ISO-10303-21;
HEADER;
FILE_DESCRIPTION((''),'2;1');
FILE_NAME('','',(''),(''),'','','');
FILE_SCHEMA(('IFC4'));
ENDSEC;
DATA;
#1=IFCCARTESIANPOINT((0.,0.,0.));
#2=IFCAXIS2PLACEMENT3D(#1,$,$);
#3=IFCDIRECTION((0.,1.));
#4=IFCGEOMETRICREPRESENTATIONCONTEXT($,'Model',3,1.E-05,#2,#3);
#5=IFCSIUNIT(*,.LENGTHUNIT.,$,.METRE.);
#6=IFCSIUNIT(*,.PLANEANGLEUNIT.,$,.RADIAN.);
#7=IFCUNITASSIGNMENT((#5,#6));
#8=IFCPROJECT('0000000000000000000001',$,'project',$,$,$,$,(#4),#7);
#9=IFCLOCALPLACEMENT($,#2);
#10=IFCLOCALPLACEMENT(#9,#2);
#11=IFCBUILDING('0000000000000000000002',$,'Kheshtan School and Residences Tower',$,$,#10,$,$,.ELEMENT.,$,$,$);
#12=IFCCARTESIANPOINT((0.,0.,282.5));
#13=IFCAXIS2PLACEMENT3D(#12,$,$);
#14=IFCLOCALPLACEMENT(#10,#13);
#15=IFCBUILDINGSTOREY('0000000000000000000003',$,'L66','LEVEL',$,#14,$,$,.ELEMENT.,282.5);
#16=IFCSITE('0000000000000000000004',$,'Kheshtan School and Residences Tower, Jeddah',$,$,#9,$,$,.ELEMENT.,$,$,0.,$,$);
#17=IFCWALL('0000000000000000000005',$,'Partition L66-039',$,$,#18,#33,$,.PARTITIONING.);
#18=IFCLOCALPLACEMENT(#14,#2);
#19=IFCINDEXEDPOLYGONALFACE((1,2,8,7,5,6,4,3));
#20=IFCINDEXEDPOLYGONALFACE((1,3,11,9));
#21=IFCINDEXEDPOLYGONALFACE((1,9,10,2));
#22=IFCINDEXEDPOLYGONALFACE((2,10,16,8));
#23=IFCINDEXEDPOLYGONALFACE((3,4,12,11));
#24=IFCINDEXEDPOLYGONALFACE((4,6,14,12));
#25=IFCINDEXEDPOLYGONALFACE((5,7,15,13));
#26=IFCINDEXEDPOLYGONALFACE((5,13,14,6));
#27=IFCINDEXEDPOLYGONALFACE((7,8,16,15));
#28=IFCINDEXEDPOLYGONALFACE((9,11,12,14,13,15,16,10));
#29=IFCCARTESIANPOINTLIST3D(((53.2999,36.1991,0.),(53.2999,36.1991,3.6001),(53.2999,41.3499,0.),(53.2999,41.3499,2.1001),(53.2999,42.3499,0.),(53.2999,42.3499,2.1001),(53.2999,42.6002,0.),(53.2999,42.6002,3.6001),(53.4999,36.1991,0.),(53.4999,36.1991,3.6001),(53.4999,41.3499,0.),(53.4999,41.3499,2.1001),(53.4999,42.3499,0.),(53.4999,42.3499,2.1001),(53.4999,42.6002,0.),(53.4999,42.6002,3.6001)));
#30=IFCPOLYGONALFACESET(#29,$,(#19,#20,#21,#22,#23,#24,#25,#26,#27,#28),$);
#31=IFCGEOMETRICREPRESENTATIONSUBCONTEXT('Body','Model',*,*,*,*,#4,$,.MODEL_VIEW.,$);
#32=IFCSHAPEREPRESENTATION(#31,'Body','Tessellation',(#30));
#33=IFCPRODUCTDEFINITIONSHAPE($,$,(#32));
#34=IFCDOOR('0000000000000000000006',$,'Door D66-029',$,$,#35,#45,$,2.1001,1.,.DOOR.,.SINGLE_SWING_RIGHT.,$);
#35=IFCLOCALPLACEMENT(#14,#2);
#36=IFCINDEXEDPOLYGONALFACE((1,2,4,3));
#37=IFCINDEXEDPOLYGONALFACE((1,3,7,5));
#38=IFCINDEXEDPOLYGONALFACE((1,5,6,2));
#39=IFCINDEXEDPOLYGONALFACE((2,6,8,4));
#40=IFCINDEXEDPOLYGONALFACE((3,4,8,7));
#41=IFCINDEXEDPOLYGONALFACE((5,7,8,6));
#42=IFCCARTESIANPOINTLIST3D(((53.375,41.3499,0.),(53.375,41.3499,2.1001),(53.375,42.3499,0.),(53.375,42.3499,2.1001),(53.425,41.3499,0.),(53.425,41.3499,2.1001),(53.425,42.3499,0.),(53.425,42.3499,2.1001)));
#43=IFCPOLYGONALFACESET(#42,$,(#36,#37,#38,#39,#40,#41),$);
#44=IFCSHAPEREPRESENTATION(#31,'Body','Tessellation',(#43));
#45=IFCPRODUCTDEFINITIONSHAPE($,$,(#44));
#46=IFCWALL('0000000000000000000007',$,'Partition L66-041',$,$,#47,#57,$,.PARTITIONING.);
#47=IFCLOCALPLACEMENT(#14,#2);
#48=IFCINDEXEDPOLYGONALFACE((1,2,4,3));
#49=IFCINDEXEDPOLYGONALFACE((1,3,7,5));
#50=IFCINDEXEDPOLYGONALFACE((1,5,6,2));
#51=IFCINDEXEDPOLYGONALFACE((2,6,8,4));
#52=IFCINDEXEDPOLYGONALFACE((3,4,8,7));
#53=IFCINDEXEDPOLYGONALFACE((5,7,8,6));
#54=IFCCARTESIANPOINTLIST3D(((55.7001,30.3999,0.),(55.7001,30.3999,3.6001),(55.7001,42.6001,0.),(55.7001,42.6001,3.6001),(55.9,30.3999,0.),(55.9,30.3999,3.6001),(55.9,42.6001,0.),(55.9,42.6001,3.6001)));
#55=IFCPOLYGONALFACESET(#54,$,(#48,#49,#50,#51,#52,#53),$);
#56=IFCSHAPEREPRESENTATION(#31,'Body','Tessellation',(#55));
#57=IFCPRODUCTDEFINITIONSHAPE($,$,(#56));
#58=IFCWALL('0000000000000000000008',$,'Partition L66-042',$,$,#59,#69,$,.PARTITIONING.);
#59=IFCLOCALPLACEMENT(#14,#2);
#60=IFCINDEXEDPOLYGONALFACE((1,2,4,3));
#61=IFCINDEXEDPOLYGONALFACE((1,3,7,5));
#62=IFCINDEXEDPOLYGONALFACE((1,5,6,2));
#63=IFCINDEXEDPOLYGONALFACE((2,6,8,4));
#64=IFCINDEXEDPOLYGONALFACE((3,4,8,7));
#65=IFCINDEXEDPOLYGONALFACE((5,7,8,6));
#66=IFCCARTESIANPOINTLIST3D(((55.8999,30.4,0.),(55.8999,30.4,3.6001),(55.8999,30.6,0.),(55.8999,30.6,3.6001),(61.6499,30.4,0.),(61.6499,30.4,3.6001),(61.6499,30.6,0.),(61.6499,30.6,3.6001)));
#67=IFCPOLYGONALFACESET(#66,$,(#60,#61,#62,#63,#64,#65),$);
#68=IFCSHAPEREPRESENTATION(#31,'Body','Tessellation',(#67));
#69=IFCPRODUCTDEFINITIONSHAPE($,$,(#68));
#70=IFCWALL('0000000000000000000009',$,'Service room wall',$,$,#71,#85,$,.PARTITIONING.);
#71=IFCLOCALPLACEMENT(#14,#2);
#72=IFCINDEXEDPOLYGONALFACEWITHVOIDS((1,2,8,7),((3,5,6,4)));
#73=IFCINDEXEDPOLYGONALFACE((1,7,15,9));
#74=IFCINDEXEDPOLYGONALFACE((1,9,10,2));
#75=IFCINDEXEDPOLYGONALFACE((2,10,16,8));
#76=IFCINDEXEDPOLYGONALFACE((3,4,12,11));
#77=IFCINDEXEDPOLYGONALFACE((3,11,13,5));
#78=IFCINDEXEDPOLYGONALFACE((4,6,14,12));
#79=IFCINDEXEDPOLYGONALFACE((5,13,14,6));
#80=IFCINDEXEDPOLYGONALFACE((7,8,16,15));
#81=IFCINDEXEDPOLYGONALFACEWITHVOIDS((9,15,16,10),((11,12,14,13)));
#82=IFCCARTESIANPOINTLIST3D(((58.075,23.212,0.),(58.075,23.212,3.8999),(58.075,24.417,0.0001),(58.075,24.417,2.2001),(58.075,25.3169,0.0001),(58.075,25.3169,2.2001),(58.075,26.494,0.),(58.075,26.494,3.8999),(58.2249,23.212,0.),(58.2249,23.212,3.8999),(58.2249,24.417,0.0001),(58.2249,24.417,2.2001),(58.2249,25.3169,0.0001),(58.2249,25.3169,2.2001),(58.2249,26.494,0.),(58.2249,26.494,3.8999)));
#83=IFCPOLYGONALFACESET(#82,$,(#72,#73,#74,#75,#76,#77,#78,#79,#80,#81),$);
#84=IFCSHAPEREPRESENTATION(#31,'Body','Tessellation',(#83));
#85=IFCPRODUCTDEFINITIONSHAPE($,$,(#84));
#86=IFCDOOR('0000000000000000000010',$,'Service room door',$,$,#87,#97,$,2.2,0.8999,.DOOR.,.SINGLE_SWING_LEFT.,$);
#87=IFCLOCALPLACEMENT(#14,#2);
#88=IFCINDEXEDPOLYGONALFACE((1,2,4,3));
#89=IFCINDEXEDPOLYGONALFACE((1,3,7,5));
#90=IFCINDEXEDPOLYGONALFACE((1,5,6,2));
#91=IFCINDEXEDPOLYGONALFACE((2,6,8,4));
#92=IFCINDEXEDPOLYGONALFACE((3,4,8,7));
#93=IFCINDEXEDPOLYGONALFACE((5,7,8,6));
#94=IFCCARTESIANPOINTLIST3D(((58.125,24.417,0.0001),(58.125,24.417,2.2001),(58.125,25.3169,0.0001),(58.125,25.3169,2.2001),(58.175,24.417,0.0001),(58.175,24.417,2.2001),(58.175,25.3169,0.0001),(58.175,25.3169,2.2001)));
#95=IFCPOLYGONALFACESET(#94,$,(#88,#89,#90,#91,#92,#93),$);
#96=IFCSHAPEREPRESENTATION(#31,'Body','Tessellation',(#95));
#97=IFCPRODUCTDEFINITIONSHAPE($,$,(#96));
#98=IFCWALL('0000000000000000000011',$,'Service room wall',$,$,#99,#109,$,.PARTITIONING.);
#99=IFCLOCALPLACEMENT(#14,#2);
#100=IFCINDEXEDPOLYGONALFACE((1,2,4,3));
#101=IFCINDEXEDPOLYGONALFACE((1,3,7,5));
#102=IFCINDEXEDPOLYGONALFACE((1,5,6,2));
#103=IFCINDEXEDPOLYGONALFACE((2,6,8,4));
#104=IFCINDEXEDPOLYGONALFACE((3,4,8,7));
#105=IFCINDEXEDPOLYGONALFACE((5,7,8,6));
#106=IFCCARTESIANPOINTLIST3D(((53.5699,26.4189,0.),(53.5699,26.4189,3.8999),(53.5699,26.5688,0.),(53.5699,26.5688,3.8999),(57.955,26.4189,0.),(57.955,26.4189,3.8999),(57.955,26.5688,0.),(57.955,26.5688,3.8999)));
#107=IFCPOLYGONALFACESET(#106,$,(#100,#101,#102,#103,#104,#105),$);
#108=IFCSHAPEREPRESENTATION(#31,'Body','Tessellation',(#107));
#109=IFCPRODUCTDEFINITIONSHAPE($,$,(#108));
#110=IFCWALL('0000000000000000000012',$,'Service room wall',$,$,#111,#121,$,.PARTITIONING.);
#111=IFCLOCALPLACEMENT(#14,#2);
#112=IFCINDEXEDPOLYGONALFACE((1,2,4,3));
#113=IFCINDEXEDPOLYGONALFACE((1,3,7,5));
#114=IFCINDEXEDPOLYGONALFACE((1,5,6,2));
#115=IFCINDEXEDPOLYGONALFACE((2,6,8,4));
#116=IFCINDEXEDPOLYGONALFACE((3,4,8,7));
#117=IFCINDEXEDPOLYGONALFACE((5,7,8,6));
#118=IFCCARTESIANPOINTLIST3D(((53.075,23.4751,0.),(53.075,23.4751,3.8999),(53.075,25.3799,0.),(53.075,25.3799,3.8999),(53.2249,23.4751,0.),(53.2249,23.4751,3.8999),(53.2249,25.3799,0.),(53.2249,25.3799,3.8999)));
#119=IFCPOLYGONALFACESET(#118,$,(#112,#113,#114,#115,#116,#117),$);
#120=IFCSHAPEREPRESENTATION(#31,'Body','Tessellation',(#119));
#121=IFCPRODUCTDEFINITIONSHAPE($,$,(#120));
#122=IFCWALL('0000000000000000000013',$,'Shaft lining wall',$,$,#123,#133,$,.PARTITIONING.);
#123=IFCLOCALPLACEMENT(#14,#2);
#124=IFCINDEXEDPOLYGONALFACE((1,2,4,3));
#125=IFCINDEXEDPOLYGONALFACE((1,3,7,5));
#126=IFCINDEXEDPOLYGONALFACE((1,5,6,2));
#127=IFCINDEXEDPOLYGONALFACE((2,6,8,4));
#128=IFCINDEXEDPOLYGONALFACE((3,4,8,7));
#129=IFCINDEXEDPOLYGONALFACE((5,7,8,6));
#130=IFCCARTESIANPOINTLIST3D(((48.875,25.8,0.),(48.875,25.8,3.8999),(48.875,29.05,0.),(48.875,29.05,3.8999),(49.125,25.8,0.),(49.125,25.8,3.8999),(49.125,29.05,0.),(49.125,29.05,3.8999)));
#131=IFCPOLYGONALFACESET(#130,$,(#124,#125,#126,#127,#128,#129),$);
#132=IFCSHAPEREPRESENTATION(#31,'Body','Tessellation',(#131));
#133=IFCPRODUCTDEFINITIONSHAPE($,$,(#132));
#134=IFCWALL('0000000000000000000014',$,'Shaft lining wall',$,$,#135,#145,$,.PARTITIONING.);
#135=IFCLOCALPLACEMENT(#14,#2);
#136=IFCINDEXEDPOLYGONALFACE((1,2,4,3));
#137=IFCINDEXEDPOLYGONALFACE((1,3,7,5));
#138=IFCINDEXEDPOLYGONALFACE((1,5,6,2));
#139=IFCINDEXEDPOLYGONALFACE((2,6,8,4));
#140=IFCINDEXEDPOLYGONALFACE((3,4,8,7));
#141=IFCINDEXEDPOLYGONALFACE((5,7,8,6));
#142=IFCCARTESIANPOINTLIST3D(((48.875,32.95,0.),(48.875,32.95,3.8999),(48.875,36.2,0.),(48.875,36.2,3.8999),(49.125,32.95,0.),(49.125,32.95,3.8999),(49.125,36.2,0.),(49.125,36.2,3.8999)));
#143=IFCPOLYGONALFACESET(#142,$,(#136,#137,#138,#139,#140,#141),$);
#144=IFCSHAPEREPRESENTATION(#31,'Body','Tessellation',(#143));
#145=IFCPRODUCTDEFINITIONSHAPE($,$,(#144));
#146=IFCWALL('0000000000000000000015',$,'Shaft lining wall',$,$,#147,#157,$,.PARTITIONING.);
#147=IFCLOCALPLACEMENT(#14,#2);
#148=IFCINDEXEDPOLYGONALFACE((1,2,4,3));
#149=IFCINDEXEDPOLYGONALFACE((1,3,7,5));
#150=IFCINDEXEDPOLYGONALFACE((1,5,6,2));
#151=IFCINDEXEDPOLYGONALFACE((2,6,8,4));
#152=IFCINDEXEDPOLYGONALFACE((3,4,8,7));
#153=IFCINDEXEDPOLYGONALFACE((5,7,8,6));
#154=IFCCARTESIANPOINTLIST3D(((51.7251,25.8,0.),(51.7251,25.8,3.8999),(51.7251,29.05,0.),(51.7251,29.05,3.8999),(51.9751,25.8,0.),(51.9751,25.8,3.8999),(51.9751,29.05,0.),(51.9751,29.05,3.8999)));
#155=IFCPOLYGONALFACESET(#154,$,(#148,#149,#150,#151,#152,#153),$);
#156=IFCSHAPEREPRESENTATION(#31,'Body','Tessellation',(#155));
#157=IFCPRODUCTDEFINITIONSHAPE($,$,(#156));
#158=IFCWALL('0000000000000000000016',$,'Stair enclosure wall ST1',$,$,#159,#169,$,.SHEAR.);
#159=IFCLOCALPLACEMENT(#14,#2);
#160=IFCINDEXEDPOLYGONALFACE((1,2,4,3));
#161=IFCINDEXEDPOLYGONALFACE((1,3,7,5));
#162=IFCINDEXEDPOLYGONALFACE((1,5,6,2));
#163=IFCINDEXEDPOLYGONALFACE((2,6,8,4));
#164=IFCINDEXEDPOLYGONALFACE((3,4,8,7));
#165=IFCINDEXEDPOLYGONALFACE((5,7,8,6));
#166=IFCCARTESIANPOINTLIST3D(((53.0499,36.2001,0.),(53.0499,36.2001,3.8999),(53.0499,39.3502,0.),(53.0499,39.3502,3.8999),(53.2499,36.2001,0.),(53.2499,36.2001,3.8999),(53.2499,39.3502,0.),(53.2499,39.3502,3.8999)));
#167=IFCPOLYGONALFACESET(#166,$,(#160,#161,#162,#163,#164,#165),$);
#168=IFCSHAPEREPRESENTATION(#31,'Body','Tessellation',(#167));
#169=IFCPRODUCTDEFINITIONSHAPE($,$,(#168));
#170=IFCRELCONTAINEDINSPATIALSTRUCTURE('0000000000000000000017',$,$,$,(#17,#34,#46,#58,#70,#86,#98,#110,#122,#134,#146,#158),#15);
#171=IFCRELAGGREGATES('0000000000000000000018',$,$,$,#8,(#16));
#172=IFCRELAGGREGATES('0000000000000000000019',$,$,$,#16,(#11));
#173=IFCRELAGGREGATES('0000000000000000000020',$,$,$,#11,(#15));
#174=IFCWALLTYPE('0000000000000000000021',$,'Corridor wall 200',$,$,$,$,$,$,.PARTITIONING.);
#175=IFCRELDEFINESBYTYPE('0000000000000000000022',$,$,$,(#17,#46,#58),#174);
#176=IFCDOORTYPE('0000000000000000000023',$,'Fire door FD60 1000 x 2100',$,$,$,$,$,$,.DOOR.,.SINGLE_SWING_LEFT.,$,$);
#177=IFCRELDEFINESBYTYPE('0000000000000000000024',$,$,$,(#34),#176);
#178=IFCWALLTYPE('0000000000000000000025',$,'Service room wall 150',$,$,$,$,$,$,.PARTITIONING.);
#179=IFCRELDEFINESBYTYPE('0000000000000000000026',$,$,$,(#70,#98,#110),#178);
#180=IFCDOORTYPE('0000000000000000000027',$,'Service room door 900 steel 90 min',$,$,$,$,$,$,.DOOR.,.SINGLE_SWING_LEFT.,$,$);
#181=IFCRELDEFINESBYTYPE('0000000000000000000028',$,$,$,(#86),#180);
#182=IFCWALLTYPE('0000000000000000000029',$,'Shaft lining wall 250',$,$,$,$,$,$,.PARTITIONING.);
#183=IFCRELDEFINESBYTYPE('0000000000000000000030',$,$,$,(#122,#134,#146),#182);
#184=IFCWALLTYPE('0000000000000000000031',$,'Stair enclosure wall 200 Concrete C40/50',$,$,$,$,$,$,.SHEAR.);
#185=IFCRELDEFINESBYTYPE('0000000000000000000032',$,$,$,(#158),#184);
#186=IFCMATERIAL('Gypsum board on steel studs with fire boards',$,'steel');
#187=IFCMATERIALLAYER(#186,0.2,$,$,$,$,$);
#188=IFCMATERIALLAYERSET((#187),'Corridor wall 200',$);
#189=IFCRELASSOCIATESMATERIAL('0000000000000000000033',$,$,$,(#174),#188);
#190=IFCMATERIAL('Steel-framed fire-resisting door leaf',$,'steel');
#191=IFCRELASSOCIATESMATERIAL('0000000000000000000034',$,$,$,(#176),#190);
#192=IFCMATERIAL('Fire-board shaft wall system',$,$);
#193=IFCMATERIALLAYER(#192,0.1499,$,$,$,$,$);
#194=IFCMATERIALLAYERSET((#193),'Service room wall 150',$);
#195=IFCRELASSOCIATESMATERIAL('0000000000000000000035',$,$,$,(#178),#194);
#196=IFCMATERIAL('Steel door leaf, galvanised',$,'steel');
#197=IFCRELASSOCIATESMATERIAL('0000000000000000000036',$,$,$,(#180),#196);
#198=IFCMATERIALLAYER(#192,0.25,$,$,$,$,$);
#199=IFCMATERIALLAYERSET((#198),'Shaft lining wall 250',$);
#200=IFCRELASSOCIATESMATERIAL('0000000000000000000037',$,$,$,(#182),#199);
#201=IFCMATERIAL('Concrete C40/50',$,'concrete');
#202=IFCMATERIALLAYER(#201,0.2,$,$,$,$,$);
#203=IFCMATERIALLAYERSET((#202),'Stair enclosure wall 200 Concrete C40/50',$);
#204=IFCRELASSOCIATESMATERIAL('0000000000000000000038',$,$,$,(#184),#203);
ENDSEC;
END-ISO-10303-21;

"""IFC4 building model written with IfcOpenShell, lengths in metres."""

from ifc_helpers import new_model, si_unit, direction, frame, frame_2d, origin, place, context, subcontext, project, spatial, rectangle, extrude, source, transform, mapped, material, layer, layer_set, type_object, element, fill, save


model = new_model("IFC4")

# Units and contexts
model_context = context("Model", 3, precision=1e-05, world=origin(), true_north=direction((0.0, 1.0)))
body_context = subcontext(model_context, "Body", "Model", "MODEL_VIEW")
ifc_project = project(units=[si_unit("LENGTHUNIT", "METRE"), si_unit("PLANEANGLEUNIT", "RADIAN")], contexts=[model_context])

# Site, building, storey
site_placement = place(None, origin())
site = spatial("IfcSite", under=ifc_project, at=site_placement, Name="Kheshtan School and Residences Tower, Jeddah", CompositionType="ELEMENT", RefElevation=0.0)
building_placement = place(site_placement, origin())
building = spatial("IfcBuilding", under=site, at=building_placement, Name="Kheshtan School and Residences Tower", CompositionType="ELEMENT")
storey_placement = place(building_placement, frame((0.0, 0.0, 282.5)))
storey = spatial("IfcBuildingStorey", under=building, at=storey_placement, Name="L66", Description="LEVEL", CompositionType="ELEMENT", Elevation=282.5)

# Shared definitions
ifc_material_1 = material(Name="Steel door leaf, galvanised", Category="steel")

# Wall, opening, door
ifc_material_2 = material(Name="Gypsum board on steel studs with fire boards", Category="steel")
ifc_layer_1 = layer(ifc_material_2, 0.2)
ifc_layer_set_1 = layer_set([ifc_layer_1], Name="Corridor wall 200")
wall_type_1 = type_object("IfcWallType", Name="Corridor wall 200", PredefinedType="PARTITIONING", material=ifc_layer_set_1)
wall_1_placement = place(storey_placement, frame((53.3999, 36.199, 0.0), z_axis=(0.0, 0.0, 1.0), x_axis=(0.0, 1.0, 0.0)))
wall_1 = element("IfcWall", 1, at=wall_1_placement, inside=storey, type_object=wall_type_1, Name="Partition L66-039", PredefinedType="PARTITIONING", context=body_context, shape_type="SweptSolid", body=[
    extrude(rectangle(XDim=6.4011, YDim=0.2, at=frame_2d((3.2007, 0.0))), origin(), (0.0, 0.0, 1.0), 3.6001),
])
opening_1_placement = place(wall_1_placement, frame((5.1509, 0.0, 0.0)))
opening_1 = element("IfcOpeningElement", 2, at=opening_1_placement, cuts=wall_1, PredefinedType="OPENING", context=body_context, shape_type="SweptSolid", body=[
    extrude(rectangle(XDim=1.0, YDim=2.1001, at=frame_2d((0.5, 1.05))), frame((0.0, 0.1099, 0.0), z_axis=(0.0, -1.0, 0.0), x_axis=(1.0, 0.0, 0.0)), (0.0, 0.0, 1.0), 0.22),
])
ifc_material_3 = material(Name="Steel-framed fire-resisting door leaf", Category="steel")
door_type_1 = type_object("IfcDoorType", Name="Fire door FD60 1000 x 2100", OperationType="SINGLE_SWING_LEFT", PredefinedType="DOOR", material=ifc_material_3)
shared_shape_1 = source(origin(), body_context, "Body", "SweptSolid", [
    extrude(rectangle(XDim=1.0, YDim=2.1001, at=frame_2d((0.5, 1.05))), frame((0.0, 0.0249, 0.0), z_axis=(0.0, -1.0, 0.0), x_axis=(1.0, 0.0, 0.0)), (0.0, 0.0, 1.0), 0.05),
])
door_1_placement = place(opening_1_placement, origin())
door_1 = element("IfcDoor", 3, at=door_1_placement, inside=storey, type_object=door_type_1, Name="Door D66-029", OperationType="SINGLE_SWING_RIGHT", OverallHeight=2.1001, OverallWidth=1.0, PredefinedType="DOOR", context=body_context, shape_type="MappedRepresentation", body=[
    mapped(shared_shape_1, transform((0.0, 0.0, 0.0), x_axis=(1.0, 0.0, 0.0), y_axis=(0.0, 1.0, 0.0), z_axis=(0.0, 0.0, 1.0), scale=1.0)),
])
fill(opening_1, door_1)

# Walls
wall_2_placement = place(storey_placement, frame((55.8, 30.3999, 0.0), z_axis=(0.0, 0.0, 1.0), x_axis=(0.0, 1.0, 0.0)))
element("IfcWall", 4, at=wall_2_placement, inside=storey, type_object=wall_type_1, Name="Partition L66-041", PredefinedType="PARTITIONING", context=body_context, shape_type="SweptSolid", body=[
    extrude(rectangle(XDim=12.2002, YDim=0.2, at=frame_2d((6.1001, 0.0))), origin(), (0.0, 0.0, 1.0), 3.6001),
])
wall_3_placement = place(storey_placement, frame((55.8999, 30.5, 0.0), z_axis=(0.0, 0.0, 1.0), x_axis=(1.0, 0.0, 0.0)))
element("IfcWall", 5, at=wall_3_placement, inside=storey, type_object=wall_type_1, Name="Partition L66-042", PredefinedType="PARTITIONING", context=body_context, shape_type="SweptSolid", body=[
    extrude(rectangle(XDim=5.75, YDim=0.2, at=frame_2d((2.875, 0.0))), origin(), (0.0, 0.0, 1.0), 3.6001),
])

# Wall, opening, door
ifc_material_4 = material(Name="Fire-board shaft wall system")
ifc_layer_2 = layer(ifc_material_4, 0.1499)
ifc_layer_set_2 = layer_set([ifc_layer_2], Name="Service room wall 150")
wall_type_2 = type_object("IfcWallType", Name="Service room wall 150", PredefinedType="PARTITIONING", material=ifc_layer_set_2)
wall_4_placement = place(storey_placement, frame((58.1499, 23.2119, 0.0), z_axis=(0.0, 0.0, 1.0), x_axis=(0.0, 1.0, 0.0)))
wall_4 = element("IfcWall", 6, at=wall_4_placement, inside=storey, type_object=wall_type_2, Name="Service room wall", PredefinedType="PARTITIONING", context=body_context, shape_type="SweptSolid", body=[
    extrude(rectangle(XDim=3.282, YDim=0.1499, at=frame_2d((1.6411, 0.0))), origin(), (0.0, 0.0, 1.0), 3.8999),
])
opening_2_placement = place(wall_4_placement, frame((1.2051, 0.0, 0.0)))
opening_2 = element("IfcOpeningElement", 7, at=opening_2_placement, cuts=wall_4, PredefinedType="OPENING", context=body_context, shape_type="SweptSolid", body=[
    extrude(rectangle(XDim=0.8999, YDim=2.2, at=frame_2d((0.45, 1.1001))), frame((0.0, 0.085, 0.0), z_axis=(0.0, -1.0, 0.0), x_axis=(1.0, 0.0, 0.0)), (0.0, 0.0, 1.0), 0.1699),
])
door_type_2 = type_object("IfcDoorType", Name="Service room door 900 steel 90 min", OperationType="SINGLE_SWING_LEFT", PredefinedType="DOOR", material=ifc_material_1)
shared_shape_2 = source(origin(), body_context, "Body", "SweptSolid", [
    extrude(rectangle(XDim=0.8999, YDim=2.2, at=frame_2d((0.45, 1.1001))), frame((0.0, 0.0249, 0.0), z_axis=(0.0, -1.0, 0.0), x_axis=(1.0, 0.0, 0.0)), (0.0, 0.0, 1.0), 0.05),
])
door_2_placement = place(opening_2_placement, origin())
door_2 = element("IfcDoor", 8, at=door_2_placement, inside=storey, type_object=door_type_2, Name="Service room door", OperationType="SINGLE_SWING_LEFT", OverallHeight=2.2, OverallWidth=0.8999, PredefinedType="DOOR", context=body_context, shape_type="MappedRepresentation", body=[
    mapped(shared_shape_2, transform((0.0, 0.0, 0.0), x_axis=(1.0, 0.0, 0.0), y_axis=(0.0, 1.0, 0.0), z_axis=(0.0, 0.0, 1.0), scale=1.0)),
])
fill(opening_2, door_2)

# Walls
wall_5_placement = place(storey_placement, frame((53.5701, 26.4939, 0.0), z_axis=(0.0, 0.0, 1.0), x_axis=(1.0, 0.0, 0.0)))
element("IfcWall", 9, at=wall_5_placement, inside=storey, type_object=wall_type_2, Name="Service room wall", PredefinedType="PARTITIONING", context=body_context, shape_type="SweptSolid", body=[
    extrude(rectangle(XDim=4.385, YDim=0.1499, at=frame_2d((2.1924, 0.0))), origin(), (0.0, 0.0, 1.0), 3.8999),
])
wall_6_placement = place(storey_placement, frame((53.1499, 23.4751, 0.0), z_axis=(0.0, 0.0, 1.0), x_axis=(0.0, 1.0, 0.0)))
element("IfcWall", 10, at=wall_6_placement, inside=storey, type_object=wall_type_2, Name="Service room wall", PredefinedType="PARTITIONING", context=body_context, shape_type="SweptSolid", body=[
    extrude(rectangle(XDim=1.9048, YDim=0.1499, at=frame_2d((0.9524, 0.0))), origin(), (0.0, 0.0, 1.0), 3.8999),
])
ifc_layer_3 = layer(ifc_material_4, 0.25)
ifc_layer_set_3 = layer_set([ifc_layer_3], Name="Shaft lining wall 250")
wall_type_3 = type_object("IfcWallType", Name="Shaft lining wall 250", PredefinedType="PARTITIONING", material=ifc_layer_set_3)
for number, where, z_axis, x_axis, name in (
    (11, (49.0, 25.8, 0.0), (0.0, 0.0, 1.0), (0.0, 1.0, 0.0), "Shaft lining wall"),
    (12, (49.0, 32.95, 0.0), (0.0, 0.0, 1.0), (0.0, 1.0, 0.0), "Shaft lining wall"),
    (13, (51.8501, 25.8, 0.0), (0.0, 0.0, 1.0), (0.0, 1.0, 0.0), "Shaft lining wall"),
):
    element("IfcWall", number, at=place(storey_placement, frame(where, z_axis=z_axis, x_axis=x_axis)), inside=storey, type_object=wall_type_3, Name=name, PredefinedType="PARTITIONING", context=body_context, shape_type="SweptSolid", body=[
        extrude(rectangle(XDim=3.25, YDim=0.25, at=frame_2d((1.625, 0.0))), origin(), (0.0, 0.0, 1.0), 3.8999),
    ])
ifc_material_5 = material(Name="Concrete C40/50", Category="concrete")
ifc_layer_4 = layer(ifc_material_5, 0.2)
ifc_layer_set_4 = layer_set([ifc_layer_4], Name="Stair enclosure wall 200 Concrete C40/50")
wall_type_4 = type_object("IfcWallType", Name="Stair enclosure wall 200 Concrete C40/50", PredefinedType="SHEAR", material=ifc_layer_set_4)
wall_7_placement = place(storey_placement, frame((53.1499, 36.2, 0.0), z_axis=(0.0, 0.0, 1.0), x_axis=(0.0, 1.0, 0.0)))
element("IfcWall", 14, at=wall_7_placement, inside=storey, type_object=wall_type_4, Name="Stair enclosure wall ST1", PredefinedType="SHEAR", context=body_context, shape_type="SweptSolid", body=[
    extrude(rectangle(XDim=3.1501, YDim=0.2, at=frame_2d((1.5752, 0.0))), origin(), (0.0, 0.0, 1.0), 3.8999),
])

save(model, "model.ifc")
